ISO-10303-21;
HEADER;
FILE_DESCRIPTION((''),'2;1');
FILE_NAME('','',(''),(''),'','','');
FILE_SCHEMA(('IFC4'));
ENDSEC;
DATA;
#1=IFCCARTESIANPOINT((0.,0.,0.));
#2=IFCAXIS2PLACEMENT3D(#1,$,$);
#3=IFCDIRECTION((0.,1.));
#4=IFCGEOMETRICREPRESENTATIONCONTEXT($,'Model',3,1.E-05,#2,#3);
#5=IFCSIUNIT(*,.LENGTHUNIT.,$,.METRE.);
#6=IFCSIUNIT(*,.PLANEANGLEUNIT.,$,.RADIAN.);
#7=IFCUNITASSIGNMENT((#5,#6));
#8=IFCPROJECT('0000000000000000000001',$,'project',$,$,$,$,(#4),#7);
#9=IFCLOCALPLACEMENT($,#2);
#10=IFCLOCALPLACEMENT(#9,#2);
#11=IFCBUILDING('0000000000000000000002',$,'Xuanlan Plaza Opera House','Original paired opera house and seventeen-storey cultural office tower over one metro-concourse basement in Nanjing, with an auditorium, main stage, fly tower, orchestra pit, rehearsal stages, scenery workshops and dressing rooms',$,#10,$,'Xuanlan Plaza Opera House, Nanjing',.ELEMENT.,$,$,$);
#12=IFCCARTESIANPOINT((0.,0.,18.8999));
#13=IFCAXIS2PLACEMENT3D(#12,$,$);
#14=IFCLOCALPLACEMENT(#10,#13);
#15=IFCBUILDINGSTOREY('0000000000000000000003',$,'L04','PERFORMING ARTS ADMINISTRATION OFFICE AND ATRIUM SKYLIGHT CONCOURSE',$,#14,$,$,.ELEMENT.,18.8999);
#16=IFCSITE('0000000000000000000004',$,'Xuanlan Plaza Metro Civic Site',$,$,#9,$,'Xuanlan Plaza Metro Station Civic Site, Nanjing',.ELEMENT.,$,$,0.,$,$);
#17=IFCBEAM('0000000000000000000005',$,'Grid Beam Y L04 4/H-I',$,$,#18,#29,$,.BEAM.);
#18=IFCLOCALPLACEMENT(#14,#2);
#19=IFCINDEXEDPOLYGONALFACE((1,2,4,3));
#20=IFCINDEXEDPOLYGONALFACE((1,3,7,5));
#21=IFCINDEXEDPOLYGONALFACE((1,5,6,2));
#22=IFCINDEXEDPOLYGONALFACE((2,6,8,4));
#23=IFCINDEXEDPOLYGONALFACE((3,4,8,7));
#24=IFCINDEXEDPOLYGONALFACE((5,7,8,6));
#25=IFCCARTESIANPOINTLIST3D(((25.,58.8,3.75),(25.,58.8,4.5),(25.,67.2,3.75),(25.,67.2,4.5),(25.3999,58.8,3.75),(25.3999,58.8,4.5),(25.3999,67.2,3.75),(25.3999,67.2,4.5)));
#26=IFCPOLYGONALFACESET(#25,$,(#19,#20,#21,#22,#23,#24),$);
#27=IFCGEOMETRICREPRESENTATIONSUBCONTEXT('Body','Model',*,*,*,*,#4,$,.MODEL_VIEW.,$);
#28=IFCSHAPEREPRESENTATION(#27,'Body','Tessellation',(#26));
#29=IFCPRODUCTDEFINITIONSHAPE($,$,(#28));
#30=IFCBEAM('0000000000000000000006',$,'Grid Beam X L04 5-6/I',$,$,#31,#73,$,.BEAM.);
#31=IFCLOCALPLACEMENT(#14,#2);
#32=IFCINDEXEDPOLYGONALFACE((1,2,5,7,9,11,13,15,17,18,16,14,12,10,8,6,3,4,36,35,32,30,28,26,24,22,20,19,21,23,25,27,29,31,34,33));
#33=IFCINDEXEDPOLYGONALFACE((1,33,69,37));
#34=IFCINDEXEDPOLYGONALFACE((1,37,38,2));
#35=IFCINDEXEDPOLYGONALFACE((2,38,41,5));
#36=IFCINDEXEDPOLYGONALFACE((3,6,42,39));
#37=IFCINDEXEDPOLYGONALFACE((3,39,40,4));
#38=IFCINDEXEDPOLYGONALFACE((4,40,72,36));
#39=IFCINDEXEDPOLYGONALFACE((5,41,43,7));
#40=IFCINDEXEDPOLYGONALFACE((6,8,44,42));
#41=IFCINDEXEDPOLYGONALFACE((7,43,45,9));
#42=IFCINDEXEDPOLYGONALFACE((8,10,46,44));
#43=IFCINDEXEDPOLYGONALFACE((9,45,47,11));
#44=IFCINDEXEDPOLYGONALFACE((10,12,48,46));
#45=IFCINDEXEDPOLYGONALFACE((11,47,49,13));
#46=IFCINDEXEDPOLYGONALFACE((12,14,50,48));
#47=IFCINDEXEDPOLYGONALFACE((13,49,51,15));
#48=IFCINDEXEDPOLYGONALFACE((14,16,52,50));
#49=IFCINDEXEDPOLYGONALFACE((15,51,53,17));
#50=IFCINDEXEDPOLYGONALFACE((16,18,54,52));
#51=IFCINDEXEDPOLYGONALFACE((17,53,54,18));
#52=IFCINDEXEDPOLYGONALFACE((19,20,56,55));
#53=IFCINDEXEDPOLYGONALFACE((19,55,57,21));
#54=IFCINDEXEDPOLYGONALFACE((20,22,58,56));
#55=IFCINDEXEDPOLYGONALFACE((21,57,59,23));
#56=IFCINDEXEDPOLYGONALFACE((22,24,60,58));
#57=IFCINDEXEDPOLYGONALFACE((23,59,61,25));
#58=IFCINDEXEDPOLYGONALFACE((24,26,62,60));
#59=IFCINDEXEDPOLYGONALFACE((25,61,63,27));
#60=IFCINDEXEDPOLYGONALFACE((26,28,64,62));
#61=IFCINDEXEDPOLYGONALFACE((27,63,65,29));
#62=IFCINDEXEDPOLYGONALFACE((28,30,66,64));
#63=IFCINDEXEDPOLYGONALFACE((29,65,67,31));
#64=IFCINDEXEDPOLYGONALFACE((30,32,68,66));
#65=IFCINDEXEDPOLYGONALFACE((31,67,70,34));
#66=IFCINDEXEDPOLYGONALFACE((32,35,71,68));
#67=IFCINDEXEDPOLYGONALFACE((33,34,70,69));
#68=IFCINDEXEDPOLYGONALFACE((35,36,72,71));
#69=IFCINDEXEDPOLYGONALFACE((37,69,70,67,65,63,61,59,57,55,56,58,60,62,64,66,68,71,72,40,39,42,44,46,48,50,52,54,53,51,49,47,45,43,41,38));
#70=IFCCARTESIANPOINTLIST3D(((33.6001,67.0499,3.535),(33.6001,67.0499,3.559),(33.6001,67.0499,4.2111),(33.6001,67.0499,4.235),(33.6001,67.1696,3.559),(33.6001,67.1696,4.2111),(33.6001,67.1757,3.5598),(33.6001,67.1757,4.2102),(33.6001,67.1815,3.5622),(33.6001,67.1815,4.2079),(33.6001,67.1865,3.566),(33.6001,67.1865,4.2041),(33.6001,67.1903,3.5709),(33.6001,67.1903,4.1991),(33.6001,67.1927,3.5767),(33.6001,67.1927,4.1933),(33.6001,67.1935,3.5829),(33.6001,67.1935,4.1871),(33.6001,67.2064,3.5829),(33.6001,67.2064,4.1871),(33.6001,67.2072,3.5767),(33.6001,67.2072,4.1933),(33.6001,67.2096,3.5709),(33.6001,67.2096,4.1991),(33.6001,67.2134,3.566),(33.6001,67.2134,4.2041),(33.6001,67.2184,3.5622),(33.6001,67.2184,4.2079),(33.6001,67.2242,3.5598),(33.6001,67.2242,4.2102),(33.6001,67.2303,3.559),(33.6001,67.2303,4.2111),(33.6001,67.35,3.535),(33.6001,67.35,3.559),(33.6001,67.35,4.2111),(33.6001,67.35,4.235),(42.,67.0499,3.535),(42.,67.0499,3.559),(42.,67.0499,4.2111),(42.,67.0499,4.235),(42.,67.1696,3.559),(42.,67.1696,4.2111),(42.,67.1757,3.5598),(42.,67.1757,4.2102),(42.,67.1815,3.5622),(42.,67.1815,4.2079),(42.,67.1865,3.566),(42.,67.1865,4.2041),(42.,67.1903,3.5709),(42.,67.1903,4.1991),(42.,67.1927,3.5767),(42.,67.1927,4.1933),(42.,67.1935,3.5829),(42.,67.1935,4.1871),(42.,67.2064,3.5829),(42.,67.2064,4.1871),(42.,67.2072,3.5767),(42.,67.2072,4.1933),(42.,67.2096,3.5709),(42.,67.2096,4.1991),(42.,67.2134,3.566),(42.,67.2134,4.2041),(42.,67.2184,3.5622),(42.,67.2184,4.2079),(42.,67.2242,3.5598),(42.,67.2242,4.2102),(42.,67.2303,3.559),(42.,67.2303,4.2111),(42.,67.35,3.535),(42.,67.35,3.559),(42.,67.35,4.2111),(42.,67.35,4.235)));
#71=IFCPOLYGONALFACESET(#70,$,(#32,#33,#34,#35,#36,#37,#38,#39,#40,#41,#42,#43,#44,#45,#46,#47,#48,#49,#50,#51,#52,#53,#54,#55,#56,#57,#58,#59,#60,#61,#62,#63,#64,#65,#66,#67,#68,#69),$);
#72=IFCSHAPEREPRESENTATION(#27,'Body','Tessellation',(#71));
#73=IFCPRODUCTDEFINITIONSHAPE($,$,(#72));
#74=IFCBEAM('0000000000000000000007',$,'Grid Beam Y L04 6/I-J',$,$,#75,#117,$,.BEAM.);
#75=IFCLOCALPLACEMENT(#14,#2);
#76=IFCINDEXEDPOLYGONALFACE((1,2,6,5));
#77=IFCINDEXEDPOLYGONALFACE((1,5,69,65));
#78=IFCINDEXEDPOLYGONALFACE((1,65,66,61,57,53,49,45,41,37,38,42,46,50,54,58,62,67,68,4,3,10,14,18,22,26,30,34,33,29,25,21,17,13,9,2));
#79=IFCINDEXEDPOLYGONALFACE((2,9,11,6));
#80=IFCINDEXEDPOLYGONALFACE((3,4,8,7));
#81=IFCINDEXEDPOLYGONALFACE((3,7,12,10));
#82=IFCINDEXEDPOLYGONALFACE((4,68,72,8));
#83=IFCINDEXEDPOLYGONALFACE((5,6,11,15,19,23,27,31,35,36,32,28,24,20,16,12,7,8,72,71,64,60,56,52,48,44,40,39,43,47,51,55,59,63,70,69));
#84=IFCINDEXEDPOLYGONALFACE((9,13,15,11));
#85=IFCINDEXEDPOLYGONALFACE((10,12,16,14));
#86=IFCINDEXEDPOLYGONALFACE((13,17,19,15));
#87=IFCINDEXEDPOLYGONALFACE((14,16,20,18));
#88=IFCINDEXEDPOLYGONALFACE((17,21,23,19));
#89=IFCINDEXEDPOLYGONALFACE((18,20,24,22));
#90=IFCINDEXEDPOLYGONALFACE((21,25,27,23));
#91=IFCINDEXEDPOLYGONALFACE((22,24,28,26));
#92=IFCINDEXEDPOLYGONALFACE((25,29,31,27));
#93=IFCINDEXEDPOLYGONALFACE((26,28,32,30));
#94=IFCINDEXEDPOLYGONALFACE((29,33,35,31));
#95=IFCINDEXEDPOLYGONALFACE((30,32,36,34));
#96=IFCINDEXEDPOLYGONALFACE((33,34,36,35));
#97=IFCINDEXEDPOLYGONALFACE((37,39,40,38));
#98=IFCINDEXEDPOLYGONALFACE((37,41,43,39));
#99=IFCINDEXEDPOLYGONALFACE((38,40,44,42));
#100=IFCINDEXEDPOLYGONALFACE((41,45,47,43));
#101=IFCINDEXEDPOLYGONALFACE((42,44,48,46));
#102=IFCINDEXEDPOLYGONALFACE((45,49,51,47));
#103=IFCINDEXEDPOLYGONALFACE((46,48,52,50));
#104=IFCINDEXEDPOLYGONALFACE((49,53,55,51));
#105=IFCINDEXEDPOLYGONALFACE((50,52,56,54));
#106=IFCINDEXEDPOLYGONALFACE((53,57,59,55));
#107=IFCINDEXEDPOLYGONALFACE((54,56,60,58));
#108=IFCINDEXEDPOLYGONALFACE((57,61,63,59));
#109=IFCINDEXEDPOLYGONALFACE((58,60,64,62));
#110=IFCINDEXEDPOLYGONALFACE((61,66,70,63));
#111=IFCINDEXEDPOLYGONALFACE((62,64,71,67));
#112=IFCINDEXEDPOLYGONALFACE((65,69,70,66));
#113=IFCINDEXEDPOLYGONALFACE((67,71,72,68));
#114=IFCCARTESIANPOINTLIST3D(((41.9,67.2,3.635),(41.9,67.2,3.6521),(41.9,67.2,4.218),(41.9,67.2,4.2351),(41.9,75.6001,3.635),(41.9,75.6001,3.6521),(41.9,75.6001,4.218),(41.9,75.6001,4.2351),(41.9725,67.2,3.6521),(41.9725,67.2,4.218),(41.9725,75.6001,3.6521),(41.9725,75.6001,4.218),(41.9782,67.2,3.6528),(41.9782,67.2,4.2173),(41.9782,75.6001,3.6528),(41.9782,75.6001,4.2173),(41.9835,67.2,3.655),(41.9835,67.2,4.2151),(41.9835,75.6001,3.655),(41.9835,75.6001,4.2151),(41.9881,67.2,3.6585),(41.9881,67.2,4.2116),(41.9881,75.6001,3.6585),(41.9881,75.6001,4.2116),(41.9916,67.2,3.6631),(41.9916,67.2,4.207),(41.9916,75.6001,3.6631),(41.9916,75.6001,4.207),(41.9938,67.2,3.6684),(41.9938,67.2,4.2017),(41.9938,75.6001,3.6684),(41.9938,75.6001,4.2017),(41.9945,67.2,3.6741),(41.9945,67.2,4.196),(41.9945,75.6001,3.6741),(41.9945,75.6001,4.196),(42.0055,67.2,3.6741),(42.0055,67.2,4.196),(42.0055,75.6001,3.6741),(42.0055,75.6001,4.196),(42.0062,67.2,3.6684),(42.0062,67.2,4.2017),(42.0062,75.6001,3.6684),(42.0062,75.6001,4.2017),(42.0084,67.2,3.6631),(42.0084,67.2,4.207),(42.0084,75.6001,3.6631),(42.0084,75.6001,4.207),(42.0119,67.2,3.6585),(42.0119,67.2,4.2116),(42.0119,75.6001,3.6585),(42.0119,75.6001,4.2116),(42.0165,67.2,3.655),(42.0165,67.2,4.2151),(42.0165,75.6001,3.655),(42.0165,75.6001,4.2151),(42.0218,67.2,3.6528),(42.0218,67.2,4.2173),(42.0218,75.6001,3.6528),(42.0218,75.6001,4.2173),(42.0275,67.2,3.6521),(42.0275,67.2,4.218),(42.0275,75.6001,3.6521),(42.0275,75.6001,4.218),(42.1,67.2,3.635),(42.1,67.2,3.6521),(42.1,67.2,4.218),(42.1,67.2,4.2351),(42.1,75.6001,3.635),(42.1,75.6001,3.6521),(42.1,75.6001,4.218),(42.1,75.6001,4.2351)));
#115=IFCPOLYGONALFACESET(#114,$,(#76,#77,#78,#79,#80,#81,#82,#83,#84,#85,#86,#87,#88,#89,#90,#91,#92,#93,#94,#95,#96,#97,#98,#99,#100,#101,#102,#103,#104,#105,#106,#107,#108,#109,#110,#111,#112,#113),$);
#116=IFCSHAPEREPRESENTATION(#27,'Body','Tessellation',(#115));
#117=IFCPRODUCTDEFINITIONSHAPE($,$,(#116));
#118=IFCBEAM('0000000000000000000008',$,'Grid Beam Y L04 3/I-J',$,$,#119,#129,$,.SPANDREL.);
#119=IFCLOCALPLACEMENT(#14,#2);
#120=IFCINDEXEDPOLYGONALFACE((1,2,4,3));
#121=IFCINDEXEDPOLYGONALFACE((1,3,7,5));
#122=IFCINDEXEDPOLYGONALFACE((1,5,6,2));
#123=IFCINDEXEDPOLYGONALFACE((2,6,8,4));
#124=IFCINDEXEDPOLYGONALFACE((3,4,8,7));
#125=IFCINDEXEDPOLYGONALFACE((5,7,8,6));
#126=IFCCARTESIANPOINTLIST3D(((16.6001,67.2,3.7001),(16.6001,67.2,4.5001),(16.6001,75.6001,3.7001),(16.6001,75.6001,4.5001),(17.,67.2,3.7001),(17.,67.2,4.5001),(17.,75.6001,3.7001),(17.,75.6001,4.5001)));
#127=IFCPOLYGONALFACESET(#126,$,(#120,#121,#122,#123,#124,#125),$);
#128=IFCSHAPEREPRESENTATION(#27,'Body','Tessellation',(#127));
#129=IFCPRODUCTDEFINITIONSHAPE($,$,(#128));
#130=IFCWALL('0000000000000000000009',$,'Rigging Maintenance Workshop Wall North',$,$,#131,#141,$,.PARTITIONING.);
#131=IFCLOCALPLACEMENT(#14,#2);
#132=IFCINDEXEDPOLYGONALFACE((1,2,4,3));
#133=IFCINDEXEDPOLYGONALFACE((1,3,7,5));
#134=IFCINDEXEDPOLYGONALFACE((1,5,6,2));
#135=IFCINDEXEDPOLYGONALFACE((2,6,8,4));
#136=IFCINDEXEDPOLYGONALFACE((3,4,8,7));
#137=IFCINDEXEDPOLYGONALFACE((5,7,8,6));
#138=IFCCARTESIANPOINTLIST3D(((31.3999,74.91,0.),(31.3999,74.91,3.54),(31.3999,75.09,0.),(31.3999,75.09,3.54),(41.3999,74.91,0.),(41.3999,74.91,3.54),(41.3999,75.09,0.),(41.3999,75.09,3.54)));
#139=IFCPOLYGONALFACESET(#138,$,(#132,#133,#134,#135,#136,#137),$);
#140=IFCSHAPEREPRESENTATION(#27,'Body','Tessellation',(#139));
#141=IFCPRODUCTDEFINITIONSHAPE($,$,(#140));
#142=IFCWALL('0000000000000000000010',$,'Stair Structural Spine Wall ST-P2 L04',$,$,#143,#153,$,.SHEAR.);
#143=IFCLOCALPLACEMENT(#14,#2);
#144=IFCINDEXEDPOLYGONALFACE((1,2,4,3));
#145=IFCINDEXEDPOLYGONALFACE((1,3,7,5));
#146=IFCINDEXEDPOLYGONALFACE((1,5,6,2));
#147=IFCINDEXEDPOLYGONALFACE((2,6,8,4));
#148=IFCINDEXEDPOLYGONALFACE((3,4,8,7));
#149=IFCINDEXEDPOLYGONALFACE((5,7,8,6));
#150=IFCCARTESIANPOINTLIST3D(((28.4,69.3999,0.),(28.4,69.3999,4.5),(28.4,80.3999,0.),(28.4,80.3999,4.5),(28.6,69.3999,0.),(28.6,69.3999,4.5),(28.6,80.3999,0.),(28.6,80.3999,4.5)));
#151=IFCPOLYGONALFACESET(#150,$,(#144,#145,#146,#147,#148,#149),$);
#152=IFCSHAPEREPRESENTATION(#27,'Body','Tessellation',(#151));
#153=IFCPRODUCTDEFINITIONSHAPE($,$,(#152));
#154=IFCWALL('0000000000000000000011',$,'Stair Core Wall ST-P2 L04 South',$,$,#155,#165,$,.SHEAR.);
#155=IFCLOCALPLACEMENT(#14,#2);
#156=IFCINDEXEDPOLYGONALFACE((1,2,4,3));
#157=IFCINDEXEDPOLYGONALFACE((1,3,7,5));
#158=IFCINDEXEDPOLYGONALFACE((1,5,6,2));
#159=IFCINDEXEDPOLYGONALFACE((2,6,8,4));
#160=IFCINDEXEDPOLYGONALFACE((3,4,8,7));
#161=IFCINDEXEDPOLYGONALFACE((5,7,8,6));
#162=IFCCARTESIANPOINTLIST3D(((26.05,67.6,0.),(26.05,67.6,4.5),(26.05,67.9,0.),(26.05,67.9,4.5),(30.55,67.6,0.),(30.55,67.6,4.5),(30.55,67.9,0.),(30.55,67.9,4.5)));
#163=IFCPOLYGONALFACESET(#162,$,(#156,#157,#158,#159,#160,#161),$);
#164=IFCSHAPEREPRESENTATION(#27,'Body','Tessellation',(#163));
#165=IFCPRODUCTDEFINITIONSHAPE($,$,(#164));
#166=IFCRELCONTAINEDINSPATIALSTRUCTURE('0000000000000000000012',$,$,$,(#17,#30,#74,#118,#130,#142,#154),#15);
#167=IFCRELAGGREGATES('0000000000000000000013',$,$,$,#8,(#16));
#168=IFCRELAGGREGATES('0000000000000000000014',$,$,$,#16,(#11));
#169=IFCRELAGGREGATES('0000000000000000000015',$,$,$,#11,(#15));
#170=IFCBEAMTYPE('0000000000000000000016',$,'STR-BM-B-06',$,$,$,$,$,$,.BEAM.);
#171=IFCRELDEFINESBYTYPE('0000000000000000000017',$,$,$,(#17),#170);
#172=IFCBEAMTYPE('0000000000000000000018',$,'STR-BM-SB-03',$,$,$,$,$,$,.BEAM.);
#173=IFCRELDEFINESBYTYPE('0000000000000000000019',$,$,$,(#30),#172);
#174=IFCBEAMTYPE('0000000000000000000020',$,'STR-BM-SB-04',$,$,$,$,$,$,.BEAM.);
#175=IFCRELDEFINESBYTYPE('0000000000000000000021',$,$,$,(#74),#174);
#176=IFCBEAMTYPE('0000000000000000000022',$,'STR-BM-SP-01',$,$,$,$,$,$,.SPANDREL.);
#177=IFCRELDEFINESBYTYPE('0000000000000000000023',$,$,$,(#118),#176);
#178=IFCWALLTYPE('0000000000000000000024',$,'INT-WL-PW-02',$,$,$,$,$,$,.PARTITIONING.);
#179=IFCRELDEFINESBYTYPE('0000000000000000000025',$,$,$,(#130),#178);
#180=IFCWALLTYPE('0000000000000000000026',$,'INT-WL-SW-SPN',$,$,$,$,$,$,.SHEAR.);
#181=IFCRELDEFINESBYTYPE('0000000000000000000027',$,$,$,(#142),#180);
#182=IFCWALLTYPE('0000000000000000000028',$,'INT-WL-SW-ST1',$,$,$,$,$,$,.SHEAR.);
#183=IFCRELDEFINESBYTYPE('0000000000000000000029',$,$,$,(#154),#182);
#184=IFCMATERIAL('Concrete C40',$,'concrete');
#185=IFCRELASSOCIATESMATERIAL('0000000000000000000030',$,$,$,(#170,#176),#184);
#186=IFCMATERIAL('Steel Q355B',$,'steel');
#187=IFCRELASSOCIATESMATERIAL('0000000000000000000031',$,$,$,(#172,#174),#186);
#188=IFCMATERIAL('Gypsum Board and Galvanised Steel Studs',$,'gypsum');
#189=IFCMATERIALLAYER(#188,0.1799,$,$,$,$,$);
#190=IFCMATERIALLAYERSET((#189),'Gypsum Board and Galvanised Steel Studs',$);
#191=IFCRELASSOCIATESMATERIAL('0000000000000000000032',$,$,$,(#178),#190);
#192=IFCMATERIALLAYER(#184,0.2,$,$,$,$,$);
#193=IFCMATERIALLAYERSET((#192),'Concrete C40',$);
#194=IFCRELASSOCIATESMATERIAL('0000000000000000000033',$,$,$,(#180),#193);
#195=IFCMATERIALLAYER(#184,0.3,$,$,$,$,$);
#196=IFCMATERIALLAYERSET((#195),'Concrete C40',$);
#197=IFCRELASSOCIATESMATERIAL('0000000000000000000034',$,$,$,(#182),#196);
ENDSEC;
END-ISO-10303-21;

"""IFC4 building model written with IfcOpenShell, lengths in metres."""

from ifc_helpers import new_model, si_unit, direction, frame, frame_2d, origin, origin_2d, place, context, subcontext, project, spatial, rectangle, i_section, extrude, material, layer, layer_set, material_profile, profile_set, type_object, element, save


model = new_model("IFC4")

# Units and contexts
model_context = context("Model", 3, precision=1e-05, world=origin(), true_north=direction((0.0, 1.0)))
body_context = subcontext(model_context, "Body", "Model", "MODEL_VIEW")
ifc_project = project(units=[si_unit("LENGTHUNIT", "METRE"), si_unit("PLANEANGLEUNIT", "RADIAN")], contexts=[model_context])

# Site, building, storey
site_placement = place(None, origin())
site = spatial("IfcSite", under=ifc_project, at=site_placement, Name="Xuanlan Plaza Metro Civic Site", LongName="Xuanlan Plaza Metro Station Civic Site, Nanjing", CompositionType="ELEMENT", RefElevation=0.0)
building_placement = place(site_placement, origin())
building = spatial("IfcBuilding", under=site, at=building_placement, Name="Xuanlan Plaza Opera House", Description="Original paired opera house and seventeen-storey cultural office tower over one metro-concourse basement in Nanjing, with an auditorium, main stage, fly tower, orchestra pit, rehearsal stages, scenery workshops and dressing rooms", LongName="Xuanlan Plaza Opera House, Nanjing", CompositionType="ELEMENT")
storey_placement = place(building_placement, frame((0.0, 0.0, 18.8999)))
storey = spatial("IfcBuildingStorey", under=building, at=storey_placement, Name="L04", Description="PERFORMING ARTS ADMINISTRATION OFFICE AND ATRIUM SKYLIGHT CONCOURSE", CompositionType="ELEMENT", Elevation=18.8999)

# Shared definitions
ifc_material_1 = material(Name="Concrete C40", Category="concrete")

# Beams
ifc_material_profile_1 = material_profile(ifc_material_1, rectangle(XDim=0.3999, YDim=0.75, at=origin_2d()), Name="RC-BM 400x750")
ifc_profile_set_1 = profile_set([ifc_material_profile_1], Name="Concrete C40")
beam_type_1 = type_object("IfcBeamType", Name="STR-BM-B-06", PredefinedType="BEAM", material=ifc_profile_set_1)
beam_1_placement = place(storey_placement, frame((25.2, 58.8, 4.125), z_axis=(0.0, 1.0, 0.0), x_axis=(-1.0, 0.0, 0.0)))
element("IfcBeam", 1, at=beam_1_placement, inside=storey, type_object=beam_type_1, Name="Grid Beam Y L04 4/H-I", PredefinedType="BEAM", context=body_context, shape_type="SweptSolid", body=[
    extrude(rectangle(XDim=0.3999, YDim=0.75, at=origin_2d()), origin(), (0.0, 0.0, 1.0), 8.3999),
])
ifc_material_2 = material(Name="Steel Q355B", Category="steel")
ifc_material_profile_2 = material_profile(ifc_material_2, i_section(OverallWidth=0.3, OverallDepth=0.7, WebThickness=0.0129, FlangeThickness=0.0239, FilletRadius=0.0239, at=origin_2d()), Name="HN 700x300x13x24")
ifc_profile_set_2 = profile_set([ifc_material_profile_2], Name="Steel Q355B")
beam_type_2 = type_object("IfcBeamType", Name="STR-BM-SB-03", PredefinedType="BEAM", material=ifc_profile_set_2)
beam_2_placement = place(storey_placement, frame((33.6001, 67.2, 3.885), z_axis=(1.0, 0.0, 0.0), x_axis=(0.0, 1.0, 0.0)))
element("IfcBeam", 2, at=beam_2_placement, inside=storey, type_object=beam_type_2, Name="Grid Beam X L04 5-6/I", PredefinedType="BEAM", context=body_context, shape_type="SweptSolid", body=[
    extrude(i_section(OverallWidth=0.3, OverallDepth=0.7, WebThickness=0.0129, FlangeThickness=0.0239, FilletRadius=0.0239, at=origin_2d()), origin(), (0.0, 0.0, 1.0), 8.3999),
])
ifc_material_profile_3 = material_profile(ifc_material_2, i_section(OverallWidth=0.2, OverallDepth=0.6001, WebThickness=0.011, FlangeThickness=0.0171, FilletRadius=0.022, at=origin_2d()), Name="HN 600x200x11x17")
ifc_profile_set_3 = profile_set([ifc_material_profile_3], Name="Steel Q355B")
beam_type_3 = type_object("IfcBeamType", Name="STR-BM-SB-04", PredefinedType="BEAM", material=ifc_profile_set_3)
beam_3_placement = place(storey_placement, frame((42.0, 67.2, 3.9351), z_axis=(0.0, 1.0, 0.0), x_axis=(-1.0, 0.0, 0.0)))
element("IfcBeam", 3, at=beam_3_placement, inside=storey, type_object=beam_type_3, Name="Grid Beam Y L04 6/I-J", PredefinedType="BEAM", context=body_context, shape_type="SweptSolid", body=[
    extrude(i_section(OverallWidth=0.2, OverallDepth=0.6001, WebThickness=0.011, FlangeThickness=0.0171, FilletRadius=0.022, at=origin_2d()), origin(), (0.0, 0.0, 1.0), 8.4001),
])
ifc_material_profile_4 = material_profile(ifc_material_1, rectangle(XDim=0.3999, YDim=0.8, at=origin_2d()), Name="RC-SPD 400x800")
ifc_profile_set_4 = profile_set([ifc_material_profile_4], Name="Concrete C40")
beam_type_4 = type_object("IfcBeamType", Name="STR-BM-SP-01", PredefinedType="SPANDREL", material=ifc_profile_set_4)
beam_4_placement = place(storey_placement, frame((16.8, 67.2, 4.1001), z_axis=(0.0, 1.0, 0.0), x_axis=(-1.0, 0.0, 0.0)))
element("IfcBeam", 4, at=beam_4_placement, inside=storey, type_object=beam_type_4, Name="Grid Beam Y L04 3/I-J", PredefinedType="SPANDREL", context=body_context, shape_type="SweptSolid", body=[
    extrude(rectangle(XDim=0.3999, YDim=0.8, at=origin_2d()), origin(), (0.0, 0.0, 1.0), 8.4001),
])

# Walls
ifc_material_3 = material(Name="Gypsum Board and Galvanised Steel Studs", Category="gypsum")
ifc_layer_1 = layer(ifc_material_3, 0.1799)
ifc_layer_set_1 = layer_set([ifc_layer_1], Name="Gypsum Board and Galvanised Steel Studs")
wall_type_1 = type_object("IfcWallType", Name="INT-WL-PW-02", PredefinedType="PARTITIONING", material=ifc_layer_set_1)
wall_1_placement = place(storey_placement, frame((31.3999, 75.0, 0.0), z_axis=(0.0, 0.0, 1.0), x_axis=(1.0, 0.0, 0.0)))
element("IfcWall", 5, at=wall_1_placement, inside=storey, type_object=wall_type_1, Name="Rigging Maintenance Workshop Wall North", PredefinedType="PARTITIONING", context=body_context, shape_type="SweptSolid", body=[
    extrude(rectangle(XDim=10.0, YDim=0.1799, at=frame_2d((5.0, 0.0))), origin(), (0.0, 0.0, 1.0), 3.54),
])
ifc_layer_2 = layer(ifc_material_1, 0.2)
ifc_layer_set_2 = layer_set([ifc_layer_2], Name="Concrete C40")
wall_type_2 = type_object("IfcWallType", Name="INT-WL-SW-SPN", PredefinedType="SHEAR", material=ifc_layer_set_2)
wall_2_placement = place(storey_placement, frame((28.5, 69.3999, 0.0), z_axis=(0.0, 0.0, 1.0), x_axis=(0.0, 1.0, 0.0)))
element("IfcWall", 6, at=wall_2_placement, inside=storey, type_object=wall_type_2, Name="Stair Structural Spine Wall ST-P2 L04", PredefinedType="SHEAR", context=body_context, shape_type="SweptSolid", body=[
    extrude(rectangle(XDim=11.0, YDim=0.2, at=frame_2d((5.5, 0.0))), origin(), (0.0, 0.0, 1.0), 4.5),
])
ifc_layer_3 = layer(ifc_material_1, 0.3)
ifc_layer_set_3 = layer_set([ifc_layer_3], Name="Concrete C40")
wall_type_3 = type_object("IfcWallType", Name="INT-WL-SW-ST1", PredefinedType="SHEAR", material=ifc_layer_set_3)
wall_3_placement = place(storey_placement, frame((26.05, 67.75, 0.0), z_axis=(0.0, 0.0, 1.0), x_axis=(1.0, 0.0, 0.0)))
element("IfcWall", 7, at=wall_3_placement, inside=storey, type_object=wall_type_3, Name="Stair Core Wall ST-P2 L04 South", PredefinedType="SHEAR", context=body_context, shape_type="SweptSolid", body=[
    extrude(rectangle(XDim=4.5, YDim=0.3, at=frame_2d((2.25, 0.0))), origin(), (0.0, 0.0, 1.0), 4.5),
])

save(model, "model.ifc")
